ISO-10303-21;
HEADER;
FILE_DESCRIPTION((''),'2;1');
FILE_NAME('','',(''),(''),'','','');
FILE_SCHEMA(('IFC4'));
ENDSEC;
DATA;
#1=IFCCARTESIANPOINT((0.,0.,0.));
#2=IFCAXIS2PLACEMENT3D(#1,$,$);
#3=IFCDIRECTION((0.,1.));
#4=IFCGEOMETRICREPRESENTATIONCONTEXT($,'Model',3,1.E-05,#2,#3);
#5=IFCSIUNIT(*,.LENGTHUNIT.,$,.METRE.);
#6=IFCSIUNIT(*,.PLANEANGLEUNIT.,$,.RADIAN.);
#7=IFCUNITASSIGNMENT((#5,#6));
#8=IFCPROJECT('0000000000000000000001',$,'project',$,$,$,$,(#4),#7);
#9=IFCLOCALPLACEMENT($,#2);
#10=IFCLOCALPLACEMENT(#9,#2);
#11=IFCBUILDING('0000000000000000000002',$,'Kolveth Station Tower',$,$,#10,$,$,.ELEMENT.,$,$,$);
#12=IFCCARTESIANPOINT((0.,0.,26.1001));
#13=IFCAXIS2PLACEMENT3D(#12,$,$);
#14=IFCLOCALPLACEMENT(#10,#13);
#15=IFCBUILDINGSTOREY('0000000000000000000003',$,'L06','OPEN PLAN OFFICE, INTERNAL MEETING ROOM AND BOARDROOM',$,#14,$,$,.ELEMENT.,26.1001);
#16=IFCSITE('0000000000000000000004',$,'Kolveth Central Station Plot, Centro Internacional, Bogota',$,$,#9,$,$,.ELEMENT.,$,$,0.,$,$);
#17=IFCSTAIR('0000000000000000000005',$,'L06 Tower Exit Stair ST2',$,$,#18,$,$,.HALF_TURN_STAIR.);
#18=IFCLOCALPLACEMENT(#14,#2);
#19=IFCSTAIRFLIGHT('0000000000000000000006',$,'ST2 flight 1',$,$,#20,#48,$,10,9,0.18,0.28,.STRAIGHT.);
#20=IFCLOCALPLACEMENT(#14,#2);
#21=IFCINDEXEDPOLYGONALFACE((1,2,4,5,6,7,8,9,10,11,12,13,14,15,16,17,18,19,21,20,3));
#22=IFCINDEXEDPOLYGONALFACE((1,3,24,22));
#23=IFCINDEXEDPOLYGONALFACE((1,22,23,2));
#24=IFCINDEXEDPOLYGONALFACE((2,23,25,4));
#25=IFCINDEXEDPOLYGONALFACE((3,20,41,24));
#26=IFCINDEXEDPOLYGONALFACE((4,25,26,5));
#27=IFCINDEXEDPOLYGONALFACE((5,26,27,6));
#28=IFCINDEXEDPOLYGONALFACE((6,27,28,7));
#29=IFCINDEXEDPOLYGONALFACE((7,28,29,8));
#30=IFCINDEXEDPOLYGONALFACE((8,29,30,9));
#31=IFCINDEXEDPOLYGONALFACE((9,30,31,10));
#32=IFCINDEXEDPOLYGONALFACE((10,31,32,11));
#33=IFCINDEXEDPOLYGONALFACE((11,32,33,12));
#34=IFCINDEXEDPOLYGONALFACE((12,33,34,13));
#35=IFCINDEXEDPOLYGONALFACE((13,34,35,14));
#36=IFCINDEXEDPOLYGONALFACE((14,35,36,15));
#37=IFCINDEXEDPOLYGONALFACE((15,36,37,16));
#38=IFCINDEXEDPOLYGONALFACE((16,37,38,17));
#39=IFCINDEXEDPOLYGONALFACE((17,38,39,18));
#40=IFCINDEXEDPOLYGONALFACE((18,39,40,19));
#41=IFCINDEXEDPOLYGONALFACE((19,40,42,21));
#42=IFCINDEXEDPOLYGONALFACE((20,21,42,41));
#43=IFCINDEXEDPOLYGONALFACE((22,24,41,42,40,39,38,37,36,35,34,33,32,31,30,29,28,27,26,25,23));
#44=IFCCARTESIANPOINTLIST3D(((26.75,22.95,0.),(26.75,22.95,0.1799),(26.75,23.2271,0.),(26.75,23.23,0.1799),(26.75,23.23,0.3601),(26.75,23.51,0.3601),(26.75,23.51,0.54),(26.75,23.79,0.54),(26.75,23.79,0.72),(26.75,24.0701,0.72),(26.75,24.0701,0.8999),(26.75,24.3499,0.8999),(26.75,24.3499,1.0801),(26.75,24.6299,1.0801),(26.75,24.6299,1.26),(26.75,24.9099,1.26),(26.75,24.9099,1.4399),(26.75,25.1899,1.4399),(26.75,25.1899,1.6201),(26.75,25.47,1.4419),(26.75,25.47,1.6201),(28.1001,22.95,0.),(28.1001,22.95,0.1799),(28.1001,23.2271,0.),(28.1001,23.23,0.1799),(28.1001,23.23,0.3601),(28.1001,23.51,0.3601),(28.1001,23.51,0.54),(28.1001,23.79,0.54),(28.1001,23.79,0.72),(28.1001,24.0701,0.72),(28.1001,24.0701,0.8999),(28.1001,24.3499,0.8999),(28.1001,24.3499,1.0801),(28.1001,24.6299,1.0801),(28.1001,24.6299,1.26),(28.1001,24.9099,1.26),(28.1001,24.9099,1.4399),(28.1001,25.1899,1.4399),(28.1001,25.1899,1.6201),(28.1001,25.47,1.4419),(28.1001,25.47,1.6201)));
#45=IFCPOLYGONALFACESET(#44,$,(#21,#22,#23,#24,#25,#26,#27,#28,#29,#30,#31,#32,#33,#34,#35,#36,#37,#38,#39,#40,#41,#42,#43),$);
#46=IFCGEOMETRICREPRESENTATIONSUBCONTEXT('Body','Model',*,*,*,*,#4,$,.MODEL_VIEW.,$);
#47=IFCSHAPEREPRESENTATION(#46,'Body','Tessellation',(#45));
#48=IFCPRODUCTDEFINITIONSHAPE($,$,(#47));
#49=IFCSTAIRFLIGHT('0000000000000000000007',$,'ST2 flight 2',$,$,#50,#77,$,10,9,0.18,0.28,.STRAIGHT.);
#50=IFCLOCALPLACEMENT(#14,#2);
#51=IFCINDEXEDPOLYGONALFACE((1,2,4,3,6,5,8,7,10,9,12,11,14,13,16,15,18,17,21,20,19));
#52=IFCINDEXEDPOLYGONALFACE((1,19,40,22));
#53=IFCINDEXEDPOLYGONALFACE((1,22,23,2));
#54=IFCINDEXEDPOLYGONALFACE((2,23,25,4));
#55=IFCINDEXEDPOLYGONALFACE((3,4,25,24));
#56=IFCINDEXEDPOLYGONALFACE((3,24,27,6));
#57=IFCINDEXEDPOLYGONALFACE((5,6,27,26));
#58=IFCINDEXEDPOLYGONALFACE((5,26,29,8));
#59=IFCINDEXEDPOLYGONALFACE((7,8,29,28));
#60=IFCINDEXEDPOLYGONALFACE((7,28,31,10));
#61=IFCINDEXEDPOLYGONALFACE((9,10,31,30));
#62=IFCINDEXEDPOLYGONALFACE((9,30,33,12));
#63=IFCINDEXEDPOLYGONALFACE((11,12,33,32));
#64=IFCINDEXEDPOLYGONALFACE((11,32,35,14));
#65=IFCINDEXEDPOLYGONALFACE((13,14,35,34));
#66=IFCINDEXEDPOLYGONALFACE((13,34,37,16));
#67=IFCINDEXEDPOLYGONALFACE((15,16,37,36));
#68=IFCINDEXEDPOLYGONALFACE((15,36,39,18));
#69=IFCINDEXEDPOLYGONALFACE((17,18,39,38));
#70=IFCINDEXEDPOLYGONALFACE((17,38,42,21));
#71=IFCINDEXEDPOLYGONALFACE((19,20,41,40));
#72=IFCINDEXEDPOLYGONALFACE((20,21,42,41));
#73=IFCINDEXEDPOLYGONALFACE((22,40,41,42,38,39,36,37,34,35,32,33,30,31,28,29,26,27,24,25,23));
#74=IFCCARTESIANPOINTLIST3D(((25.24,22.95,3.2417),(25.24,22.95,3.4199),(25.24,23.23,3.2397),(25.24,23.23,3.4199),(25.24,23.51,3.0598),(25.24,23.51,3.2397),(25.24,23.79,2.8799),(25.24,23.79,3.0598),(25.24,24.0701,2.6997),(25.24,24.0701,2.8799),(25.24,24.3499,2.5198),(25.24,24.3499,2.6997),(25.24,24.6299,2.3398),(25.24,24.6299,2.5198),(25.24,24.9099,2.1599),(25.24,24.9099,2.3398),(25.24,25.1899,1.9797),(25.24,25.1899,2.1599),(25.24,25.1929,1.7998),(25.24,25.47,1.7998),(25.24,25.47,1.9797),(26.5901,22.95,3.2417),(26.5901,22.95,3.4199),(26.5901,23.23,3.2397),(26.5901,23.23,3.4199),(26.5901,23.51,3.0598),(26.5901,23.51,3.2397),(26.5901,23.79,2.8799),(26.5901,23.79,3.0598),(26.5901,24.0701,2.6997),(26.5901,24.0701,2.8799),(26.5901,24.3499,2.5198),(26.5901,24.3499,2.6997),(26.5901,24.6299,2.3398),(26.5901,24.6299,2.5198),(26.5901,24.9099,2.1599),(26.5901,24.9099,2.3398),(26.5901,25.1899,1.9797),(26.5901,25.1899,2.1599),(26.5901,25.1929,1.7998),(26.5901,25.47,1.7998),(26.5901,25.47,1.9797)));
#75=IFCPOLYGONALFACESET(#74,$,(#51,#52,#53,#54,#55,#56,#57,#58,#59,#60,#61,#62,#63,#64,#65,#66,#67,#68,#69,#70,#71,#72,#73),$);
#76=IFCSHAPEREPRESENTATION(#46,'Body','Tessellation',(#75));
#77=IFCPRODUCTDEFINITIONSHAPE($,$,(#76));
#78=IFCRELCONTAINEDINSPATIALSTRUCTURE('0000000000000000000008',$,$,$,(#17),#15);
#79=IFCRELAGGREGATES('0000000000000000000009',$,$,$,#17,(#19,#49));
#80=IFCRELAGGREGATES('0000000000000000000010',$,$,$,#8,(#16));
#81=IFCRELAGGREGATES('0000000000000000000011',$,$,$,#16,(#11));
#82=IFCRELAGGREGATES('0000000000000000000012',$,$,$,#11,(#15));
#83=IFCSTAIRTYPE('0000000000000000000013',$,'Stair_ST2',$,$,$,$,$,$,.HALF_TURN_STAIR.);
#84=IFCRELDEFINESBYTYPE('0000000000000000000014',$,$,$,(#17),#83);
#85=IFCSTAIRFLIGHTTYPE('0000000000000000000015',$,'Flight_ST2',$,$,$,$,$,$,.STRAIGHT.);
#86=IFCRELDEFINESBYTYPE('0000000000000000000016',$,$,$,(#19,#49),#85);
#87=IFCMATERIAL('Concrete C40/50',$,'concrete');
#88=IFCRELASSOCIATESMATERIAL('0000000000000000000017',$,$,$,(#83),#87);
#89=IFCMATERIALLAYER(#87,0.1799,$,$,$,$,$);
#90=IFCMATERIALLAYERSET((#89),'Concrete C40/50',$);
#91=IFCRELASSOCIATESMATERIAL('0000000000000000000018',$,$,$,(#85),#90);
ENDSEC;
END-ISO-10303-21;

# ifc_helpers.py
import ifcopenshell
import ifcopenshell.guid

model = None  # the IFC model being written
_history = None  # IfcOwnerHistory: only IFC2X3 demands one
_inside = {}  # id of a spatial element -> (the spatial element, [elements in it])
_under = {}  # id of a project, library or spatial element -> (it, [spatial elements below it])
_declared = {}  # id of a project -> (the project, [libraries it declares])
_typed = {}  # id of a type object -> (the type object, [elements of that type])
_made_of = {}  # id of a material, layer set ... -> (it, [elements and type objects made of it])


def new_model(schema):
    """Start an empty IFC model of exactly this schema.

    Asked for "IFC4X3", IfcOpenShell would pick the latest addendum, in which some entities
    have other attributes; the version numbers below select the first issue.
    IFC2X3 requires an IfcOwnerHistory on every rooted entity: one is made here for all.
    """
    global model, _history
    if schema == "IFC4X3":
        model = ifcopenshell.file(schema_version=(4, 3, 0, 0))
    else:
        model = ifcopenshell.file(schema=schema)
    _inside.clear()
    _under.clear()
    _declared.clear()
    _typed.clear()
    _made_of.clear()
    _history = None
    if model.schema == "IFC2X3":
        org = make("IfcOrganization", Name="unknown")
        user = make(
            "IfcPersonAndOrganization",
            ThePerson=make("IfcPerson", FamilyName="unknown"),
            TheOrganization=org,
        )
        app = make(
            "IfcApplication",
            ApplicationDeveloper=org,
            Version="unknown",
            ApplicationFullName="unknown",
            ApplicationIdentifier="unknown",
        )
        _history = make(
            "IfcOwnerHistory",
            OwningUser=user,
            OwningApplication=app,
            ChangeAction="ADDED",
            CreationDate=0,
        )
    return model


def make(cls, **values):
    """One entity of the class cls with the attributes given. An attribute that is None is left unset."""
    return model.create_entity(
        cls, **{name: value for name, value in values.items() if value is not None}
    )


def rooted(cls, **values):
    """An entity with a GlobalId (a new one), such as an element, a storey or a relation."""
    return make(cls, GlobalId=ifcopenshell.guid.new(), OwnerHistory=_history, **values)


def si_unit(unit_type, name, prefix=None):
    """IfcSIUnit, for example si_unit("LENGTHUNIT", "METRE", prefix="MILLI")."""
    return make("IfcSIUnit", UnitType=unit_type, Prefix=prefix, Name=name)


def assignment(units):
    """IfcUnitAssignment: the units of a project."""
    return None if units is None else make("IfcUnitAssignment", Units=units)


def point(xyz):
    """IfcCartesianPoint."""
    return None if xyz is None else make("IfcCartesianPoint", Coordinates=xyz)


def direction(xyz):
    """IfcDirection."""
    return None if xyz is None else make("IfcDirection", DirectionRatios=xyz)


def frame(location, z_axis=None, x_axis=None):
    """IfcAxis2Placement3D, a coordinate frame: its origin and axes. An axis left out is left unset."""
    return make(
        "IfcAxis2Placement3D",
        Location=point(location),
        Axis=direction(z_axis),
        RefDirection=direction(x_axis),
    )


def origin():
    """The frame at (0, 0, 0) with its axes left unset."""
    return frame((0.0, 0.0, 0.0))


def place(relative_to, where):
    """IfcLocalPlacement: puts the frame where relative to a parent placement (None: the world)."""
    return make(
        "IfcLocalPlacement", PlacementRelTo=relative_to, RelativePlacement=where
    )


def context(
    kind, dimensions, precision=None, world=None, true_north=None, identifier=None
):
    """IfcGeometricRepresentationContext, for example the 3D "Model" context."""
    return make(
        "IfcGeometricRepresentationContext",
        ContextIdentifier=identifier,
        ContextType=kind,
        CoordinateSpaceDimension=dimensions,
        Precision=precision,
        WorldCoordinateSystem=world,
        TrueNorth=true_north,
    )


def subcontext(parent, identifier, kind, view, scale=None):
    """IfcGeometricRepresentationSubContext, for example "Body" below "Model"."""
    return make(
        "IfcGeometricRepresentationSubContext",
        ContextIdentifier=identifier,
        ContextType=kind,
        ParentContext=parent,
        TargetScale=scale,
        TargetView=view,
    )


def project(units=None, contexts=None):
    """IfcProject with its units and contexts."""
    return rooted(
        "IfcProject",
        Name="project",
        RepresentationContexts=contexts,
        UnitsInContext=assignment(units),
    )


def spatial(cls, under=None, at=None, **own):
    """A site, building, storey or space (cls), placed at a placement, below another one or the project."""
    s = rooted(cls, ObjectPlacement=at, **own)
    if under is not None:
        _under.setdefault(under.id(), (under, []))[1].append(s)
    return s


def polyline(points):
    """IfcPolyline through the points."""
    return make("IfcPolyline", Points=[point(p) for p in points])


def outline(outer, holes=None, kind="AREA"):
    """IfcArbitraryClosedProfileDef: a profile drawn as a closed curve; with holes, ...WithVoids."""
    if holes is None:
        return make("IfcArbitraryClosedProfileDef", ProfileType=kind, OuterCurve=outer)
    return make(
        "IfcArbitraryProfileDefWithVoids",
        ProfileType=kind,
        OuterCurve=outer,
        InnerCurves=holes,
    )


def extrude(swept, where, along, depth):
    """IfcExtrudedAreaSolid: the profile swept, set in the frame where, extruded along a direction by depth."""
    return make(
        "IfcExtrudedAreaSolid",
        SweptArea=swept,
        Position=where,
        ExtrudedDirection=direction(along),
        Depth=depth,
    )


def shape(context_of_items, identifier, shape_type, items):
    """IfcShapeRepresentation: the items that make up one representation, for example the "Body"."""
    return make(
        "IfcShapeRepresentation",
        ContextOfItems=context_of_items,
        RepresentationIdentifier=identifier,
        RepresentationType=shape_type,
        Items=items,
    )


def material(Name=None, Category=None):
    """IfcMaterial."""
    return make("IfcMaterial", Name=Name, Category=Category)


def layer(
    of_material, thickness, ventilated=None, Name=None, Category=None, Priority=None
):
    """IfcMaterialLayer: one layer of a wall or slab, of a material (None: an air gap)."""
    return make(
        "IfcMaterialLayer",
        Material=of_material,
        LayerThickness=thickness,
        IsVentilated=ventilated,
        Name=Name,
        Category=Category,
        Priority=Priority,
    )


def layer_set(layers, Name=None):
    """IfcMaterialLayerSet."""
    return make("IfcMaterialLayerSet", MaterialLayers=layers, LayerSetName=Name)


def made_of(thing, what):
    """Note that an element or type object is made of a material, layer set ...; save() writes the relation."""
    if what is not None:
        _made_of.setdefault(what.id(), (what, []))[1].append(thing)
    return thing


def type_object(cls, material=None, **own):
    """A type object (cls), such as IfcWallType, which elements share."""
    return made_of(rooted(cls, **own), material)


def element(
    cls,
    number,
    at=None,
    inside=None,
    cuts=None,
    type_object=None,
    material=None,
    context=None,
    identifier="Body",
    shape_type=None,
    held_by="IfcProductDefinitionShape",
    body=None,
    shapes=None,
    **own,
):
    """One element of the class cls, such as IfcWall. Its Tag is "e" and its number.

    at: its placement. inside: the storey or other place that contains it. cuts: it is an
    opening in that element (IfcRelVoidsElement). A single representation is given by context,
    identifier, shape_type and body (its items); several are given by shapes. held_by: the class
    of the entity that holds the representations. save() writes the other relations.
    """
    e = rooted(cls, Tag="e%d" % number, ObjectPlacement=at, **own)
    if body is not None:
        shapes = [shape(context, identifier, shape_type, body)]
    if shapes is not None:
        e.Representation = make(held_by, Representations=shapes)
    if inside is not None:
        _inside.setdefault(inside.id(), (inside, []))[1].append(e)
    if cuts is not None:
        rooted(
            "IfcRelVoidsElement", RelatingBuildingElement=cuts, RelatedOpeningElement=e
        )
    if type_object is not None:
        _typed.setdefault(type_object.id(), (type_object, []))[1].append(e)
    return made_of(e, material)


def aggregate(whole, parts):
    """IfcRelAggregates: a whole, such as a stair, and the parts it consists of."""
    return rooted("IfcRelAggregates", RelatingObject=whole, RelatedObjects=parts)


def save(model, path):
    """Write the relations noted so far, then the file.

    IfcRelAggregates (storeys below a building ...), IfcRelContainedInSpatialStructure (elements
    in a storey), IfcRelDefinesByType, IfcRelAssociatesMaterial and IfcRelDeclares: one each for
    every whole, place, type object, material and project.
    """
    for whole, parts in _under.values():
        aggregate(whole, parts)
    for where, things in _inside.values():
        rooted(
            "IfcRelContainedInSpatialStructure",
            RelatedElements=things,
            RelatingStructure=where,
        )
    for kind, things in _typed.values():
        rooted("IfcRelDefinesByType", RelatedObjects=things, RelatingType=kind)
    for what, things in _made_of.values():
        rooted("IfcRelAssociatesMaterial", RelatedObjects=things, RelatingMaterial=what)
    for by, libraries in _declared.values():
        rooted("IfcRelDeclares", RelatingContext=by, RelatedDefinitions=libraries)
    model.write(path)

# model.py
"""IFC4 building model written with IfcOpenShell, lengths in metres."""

from ifc_helpers import new_model, si_unit, direction, frame, origin, place, context, subcontext, project, spatial, polyline, outline, extrude, material, layer, layer_set, type_object, element, aggregate, save


model = new_model("IFC4")

# Units and contexts
model_context = context("Model", 3, precision=1e-05, world=origin(), true_north=direction((0.0, 1.0)))
body_context = subcontext(model_context, "Body", "Model", "MODEL_VIEW")
ifc_project = project(units=[si_unit("LENGTHUNIT", "METRE"), si_unit("PLANEANGLEUNIT", "RADIAN")], contexts=[model_context])

# Site, building, storey
site_placement = place(None, origin())
site = spatial("IfcSite", under=ifc_project, at=site_placement, Name="Kolveth Central Station Plot, Centro Internacional, Bogota", CompositionType="ELEMENT", RefElevation=0.0)
building_placement = place(site_placement, origin())
building = spatial("IfcBuilding", under=site, at=building_placement, Name="Kolveth Station Tower", CompositionType="ELEMENT")
storey_placement = place(building_placement, frame((0.0, 0.0, 26.1001)))
storey = spatial("IfcBuildingStorey", under=building, at=storey_placement, Name="L06", Description="OPEN PLAN OFFICE, INTERNAL MEETING ROOM AND BOARDROOM", CompositionType="ELEMENT", Elevation=26.1001)

# Shared definitions
ifc_material_1 = material(Name="Concrete C40/50", Category="concrete")

# Stair, stair flights
stair_type = type_object("IfcStairType", Name="Stair_ST2", PredefinedType="HALF_TURN_STAIR", material=ifc_material_1)
stair_placement = place(storey_placement, origin())
stair = element("IfcStair", 1, at=stair_placement, inside=storey, type_object=stair_type, Name="L06 Tower Exit Stair ST2", PredefinedType="HALF_TURN_STAIR")
ifc_layer_1 = layer(ifc_material_1, 0.1799)
ifc_layer_set_1 = layer_set([ifc_layer_1], Name="Concrete C40/50")
stair_flight_type = type_object("IfcStairFlightType", Name="Flight_ST2", PredefinedType="STRAIGHT", material=ifc_layer_set_1)
stair_flight_1_placement = place(storey_placement, frame((27.425, 22.95, 0.0), z_axis=(0.0, 0.0, 1.0), x_axis=(0.0, 1.0, 0.0)))
stair_flight_1 = element("IfcStairFlight", 2, at=stair_flight_1_placement, type_object=stair_flight_type, Name="ST2 flight 1", NumberOfRisers=10, NumberOfTreads=9, PredefinedType="STRAIGHT", RiserHeight=0.18, TreadLength=0.28, context=body_context, shape_type="SweptSolid", body=[
    extrude(outline(polyline([(0.0, 0.0), (0.0, 0.1799), (0.28, 0.1799), (0.28, 0.3601), (0.5601, 0.3601), (0.5601, 0.54), (0.8401, 0.54), (0.8401, 0.72), (1.1201, 0.72), (1.1201, 0.8999), (1.3999, 0.8999), (1.3999, 1.0801), (1.6799, 1.0801), (1.6799, 1.26), (1.96, 1.26), (1.96, 1.4399), (2.24, 1.4399), (2.24, 1.6201), (2.52, 1.6201), (2.52, 1.8), (2.52, 1.4419), (0.2771, 0.0), (0.0, 0.0)])), frame((0.0, 0.675, 0.0), z_axis=(0.0, -1.0, 0.0), x_axis=(1.0, 0.0, 0.0)), (0.0, 0.0, 1.0), 1.3501),
])
stair_flight_2_placement = place(storey_placement, frame((25.915, 25.47, 1.7998), z_axis=(0.0, 0.0, 1.0), x_axis=(0.0, -1.0, 0.0)))
stair_flight_2 = element("IfcStairFlight", 3, at=stair_flight_2_placement, type_object=stair_flight_type, Name="ST2 flight 2", NumberOfRisers=10, NumberOfTreads=9, PredefinedType="STRAIGHT", RiserHeight=0.18, TreadLength=0.28, context=body_context, shape_type="SweptSolid", body=[
    extrude(outline(polyline([(0.0, 0.0), (0.0, 0.1799), (0.28, 0.1799), (0.28, 0.3601), (0.5601, 0.3601), (0.5601, 0.54), (0.8401, 0.54), (0.8401, 0.72), (1.1201, 0.72), (1.1201, 0.8999), (1.3999, 0.8999), (1.3999, 1.0801), (1.6799, 1.0801), (1.6799, 1.26), (1.96, 1.26), (1.96, 1.4399), (2.24, 1.4399), (2.24, 1.6201), (2.52, 1.6201), (2.52, 1.8), (2.52, 1.4419), (0.2771, 0.0), (0.0, 0.0)])), frame((0.0, 0.675, 0.0), z_axis=(0.0, -1.0, 0.0), x_axis=(1.0, 0.0, 0.0)), (0.0, 0.0, 1.0), 1.3501),
])
aggregate(stair, [stair_flight_1, stair_flight_2])

save(model, "model.ifc")
